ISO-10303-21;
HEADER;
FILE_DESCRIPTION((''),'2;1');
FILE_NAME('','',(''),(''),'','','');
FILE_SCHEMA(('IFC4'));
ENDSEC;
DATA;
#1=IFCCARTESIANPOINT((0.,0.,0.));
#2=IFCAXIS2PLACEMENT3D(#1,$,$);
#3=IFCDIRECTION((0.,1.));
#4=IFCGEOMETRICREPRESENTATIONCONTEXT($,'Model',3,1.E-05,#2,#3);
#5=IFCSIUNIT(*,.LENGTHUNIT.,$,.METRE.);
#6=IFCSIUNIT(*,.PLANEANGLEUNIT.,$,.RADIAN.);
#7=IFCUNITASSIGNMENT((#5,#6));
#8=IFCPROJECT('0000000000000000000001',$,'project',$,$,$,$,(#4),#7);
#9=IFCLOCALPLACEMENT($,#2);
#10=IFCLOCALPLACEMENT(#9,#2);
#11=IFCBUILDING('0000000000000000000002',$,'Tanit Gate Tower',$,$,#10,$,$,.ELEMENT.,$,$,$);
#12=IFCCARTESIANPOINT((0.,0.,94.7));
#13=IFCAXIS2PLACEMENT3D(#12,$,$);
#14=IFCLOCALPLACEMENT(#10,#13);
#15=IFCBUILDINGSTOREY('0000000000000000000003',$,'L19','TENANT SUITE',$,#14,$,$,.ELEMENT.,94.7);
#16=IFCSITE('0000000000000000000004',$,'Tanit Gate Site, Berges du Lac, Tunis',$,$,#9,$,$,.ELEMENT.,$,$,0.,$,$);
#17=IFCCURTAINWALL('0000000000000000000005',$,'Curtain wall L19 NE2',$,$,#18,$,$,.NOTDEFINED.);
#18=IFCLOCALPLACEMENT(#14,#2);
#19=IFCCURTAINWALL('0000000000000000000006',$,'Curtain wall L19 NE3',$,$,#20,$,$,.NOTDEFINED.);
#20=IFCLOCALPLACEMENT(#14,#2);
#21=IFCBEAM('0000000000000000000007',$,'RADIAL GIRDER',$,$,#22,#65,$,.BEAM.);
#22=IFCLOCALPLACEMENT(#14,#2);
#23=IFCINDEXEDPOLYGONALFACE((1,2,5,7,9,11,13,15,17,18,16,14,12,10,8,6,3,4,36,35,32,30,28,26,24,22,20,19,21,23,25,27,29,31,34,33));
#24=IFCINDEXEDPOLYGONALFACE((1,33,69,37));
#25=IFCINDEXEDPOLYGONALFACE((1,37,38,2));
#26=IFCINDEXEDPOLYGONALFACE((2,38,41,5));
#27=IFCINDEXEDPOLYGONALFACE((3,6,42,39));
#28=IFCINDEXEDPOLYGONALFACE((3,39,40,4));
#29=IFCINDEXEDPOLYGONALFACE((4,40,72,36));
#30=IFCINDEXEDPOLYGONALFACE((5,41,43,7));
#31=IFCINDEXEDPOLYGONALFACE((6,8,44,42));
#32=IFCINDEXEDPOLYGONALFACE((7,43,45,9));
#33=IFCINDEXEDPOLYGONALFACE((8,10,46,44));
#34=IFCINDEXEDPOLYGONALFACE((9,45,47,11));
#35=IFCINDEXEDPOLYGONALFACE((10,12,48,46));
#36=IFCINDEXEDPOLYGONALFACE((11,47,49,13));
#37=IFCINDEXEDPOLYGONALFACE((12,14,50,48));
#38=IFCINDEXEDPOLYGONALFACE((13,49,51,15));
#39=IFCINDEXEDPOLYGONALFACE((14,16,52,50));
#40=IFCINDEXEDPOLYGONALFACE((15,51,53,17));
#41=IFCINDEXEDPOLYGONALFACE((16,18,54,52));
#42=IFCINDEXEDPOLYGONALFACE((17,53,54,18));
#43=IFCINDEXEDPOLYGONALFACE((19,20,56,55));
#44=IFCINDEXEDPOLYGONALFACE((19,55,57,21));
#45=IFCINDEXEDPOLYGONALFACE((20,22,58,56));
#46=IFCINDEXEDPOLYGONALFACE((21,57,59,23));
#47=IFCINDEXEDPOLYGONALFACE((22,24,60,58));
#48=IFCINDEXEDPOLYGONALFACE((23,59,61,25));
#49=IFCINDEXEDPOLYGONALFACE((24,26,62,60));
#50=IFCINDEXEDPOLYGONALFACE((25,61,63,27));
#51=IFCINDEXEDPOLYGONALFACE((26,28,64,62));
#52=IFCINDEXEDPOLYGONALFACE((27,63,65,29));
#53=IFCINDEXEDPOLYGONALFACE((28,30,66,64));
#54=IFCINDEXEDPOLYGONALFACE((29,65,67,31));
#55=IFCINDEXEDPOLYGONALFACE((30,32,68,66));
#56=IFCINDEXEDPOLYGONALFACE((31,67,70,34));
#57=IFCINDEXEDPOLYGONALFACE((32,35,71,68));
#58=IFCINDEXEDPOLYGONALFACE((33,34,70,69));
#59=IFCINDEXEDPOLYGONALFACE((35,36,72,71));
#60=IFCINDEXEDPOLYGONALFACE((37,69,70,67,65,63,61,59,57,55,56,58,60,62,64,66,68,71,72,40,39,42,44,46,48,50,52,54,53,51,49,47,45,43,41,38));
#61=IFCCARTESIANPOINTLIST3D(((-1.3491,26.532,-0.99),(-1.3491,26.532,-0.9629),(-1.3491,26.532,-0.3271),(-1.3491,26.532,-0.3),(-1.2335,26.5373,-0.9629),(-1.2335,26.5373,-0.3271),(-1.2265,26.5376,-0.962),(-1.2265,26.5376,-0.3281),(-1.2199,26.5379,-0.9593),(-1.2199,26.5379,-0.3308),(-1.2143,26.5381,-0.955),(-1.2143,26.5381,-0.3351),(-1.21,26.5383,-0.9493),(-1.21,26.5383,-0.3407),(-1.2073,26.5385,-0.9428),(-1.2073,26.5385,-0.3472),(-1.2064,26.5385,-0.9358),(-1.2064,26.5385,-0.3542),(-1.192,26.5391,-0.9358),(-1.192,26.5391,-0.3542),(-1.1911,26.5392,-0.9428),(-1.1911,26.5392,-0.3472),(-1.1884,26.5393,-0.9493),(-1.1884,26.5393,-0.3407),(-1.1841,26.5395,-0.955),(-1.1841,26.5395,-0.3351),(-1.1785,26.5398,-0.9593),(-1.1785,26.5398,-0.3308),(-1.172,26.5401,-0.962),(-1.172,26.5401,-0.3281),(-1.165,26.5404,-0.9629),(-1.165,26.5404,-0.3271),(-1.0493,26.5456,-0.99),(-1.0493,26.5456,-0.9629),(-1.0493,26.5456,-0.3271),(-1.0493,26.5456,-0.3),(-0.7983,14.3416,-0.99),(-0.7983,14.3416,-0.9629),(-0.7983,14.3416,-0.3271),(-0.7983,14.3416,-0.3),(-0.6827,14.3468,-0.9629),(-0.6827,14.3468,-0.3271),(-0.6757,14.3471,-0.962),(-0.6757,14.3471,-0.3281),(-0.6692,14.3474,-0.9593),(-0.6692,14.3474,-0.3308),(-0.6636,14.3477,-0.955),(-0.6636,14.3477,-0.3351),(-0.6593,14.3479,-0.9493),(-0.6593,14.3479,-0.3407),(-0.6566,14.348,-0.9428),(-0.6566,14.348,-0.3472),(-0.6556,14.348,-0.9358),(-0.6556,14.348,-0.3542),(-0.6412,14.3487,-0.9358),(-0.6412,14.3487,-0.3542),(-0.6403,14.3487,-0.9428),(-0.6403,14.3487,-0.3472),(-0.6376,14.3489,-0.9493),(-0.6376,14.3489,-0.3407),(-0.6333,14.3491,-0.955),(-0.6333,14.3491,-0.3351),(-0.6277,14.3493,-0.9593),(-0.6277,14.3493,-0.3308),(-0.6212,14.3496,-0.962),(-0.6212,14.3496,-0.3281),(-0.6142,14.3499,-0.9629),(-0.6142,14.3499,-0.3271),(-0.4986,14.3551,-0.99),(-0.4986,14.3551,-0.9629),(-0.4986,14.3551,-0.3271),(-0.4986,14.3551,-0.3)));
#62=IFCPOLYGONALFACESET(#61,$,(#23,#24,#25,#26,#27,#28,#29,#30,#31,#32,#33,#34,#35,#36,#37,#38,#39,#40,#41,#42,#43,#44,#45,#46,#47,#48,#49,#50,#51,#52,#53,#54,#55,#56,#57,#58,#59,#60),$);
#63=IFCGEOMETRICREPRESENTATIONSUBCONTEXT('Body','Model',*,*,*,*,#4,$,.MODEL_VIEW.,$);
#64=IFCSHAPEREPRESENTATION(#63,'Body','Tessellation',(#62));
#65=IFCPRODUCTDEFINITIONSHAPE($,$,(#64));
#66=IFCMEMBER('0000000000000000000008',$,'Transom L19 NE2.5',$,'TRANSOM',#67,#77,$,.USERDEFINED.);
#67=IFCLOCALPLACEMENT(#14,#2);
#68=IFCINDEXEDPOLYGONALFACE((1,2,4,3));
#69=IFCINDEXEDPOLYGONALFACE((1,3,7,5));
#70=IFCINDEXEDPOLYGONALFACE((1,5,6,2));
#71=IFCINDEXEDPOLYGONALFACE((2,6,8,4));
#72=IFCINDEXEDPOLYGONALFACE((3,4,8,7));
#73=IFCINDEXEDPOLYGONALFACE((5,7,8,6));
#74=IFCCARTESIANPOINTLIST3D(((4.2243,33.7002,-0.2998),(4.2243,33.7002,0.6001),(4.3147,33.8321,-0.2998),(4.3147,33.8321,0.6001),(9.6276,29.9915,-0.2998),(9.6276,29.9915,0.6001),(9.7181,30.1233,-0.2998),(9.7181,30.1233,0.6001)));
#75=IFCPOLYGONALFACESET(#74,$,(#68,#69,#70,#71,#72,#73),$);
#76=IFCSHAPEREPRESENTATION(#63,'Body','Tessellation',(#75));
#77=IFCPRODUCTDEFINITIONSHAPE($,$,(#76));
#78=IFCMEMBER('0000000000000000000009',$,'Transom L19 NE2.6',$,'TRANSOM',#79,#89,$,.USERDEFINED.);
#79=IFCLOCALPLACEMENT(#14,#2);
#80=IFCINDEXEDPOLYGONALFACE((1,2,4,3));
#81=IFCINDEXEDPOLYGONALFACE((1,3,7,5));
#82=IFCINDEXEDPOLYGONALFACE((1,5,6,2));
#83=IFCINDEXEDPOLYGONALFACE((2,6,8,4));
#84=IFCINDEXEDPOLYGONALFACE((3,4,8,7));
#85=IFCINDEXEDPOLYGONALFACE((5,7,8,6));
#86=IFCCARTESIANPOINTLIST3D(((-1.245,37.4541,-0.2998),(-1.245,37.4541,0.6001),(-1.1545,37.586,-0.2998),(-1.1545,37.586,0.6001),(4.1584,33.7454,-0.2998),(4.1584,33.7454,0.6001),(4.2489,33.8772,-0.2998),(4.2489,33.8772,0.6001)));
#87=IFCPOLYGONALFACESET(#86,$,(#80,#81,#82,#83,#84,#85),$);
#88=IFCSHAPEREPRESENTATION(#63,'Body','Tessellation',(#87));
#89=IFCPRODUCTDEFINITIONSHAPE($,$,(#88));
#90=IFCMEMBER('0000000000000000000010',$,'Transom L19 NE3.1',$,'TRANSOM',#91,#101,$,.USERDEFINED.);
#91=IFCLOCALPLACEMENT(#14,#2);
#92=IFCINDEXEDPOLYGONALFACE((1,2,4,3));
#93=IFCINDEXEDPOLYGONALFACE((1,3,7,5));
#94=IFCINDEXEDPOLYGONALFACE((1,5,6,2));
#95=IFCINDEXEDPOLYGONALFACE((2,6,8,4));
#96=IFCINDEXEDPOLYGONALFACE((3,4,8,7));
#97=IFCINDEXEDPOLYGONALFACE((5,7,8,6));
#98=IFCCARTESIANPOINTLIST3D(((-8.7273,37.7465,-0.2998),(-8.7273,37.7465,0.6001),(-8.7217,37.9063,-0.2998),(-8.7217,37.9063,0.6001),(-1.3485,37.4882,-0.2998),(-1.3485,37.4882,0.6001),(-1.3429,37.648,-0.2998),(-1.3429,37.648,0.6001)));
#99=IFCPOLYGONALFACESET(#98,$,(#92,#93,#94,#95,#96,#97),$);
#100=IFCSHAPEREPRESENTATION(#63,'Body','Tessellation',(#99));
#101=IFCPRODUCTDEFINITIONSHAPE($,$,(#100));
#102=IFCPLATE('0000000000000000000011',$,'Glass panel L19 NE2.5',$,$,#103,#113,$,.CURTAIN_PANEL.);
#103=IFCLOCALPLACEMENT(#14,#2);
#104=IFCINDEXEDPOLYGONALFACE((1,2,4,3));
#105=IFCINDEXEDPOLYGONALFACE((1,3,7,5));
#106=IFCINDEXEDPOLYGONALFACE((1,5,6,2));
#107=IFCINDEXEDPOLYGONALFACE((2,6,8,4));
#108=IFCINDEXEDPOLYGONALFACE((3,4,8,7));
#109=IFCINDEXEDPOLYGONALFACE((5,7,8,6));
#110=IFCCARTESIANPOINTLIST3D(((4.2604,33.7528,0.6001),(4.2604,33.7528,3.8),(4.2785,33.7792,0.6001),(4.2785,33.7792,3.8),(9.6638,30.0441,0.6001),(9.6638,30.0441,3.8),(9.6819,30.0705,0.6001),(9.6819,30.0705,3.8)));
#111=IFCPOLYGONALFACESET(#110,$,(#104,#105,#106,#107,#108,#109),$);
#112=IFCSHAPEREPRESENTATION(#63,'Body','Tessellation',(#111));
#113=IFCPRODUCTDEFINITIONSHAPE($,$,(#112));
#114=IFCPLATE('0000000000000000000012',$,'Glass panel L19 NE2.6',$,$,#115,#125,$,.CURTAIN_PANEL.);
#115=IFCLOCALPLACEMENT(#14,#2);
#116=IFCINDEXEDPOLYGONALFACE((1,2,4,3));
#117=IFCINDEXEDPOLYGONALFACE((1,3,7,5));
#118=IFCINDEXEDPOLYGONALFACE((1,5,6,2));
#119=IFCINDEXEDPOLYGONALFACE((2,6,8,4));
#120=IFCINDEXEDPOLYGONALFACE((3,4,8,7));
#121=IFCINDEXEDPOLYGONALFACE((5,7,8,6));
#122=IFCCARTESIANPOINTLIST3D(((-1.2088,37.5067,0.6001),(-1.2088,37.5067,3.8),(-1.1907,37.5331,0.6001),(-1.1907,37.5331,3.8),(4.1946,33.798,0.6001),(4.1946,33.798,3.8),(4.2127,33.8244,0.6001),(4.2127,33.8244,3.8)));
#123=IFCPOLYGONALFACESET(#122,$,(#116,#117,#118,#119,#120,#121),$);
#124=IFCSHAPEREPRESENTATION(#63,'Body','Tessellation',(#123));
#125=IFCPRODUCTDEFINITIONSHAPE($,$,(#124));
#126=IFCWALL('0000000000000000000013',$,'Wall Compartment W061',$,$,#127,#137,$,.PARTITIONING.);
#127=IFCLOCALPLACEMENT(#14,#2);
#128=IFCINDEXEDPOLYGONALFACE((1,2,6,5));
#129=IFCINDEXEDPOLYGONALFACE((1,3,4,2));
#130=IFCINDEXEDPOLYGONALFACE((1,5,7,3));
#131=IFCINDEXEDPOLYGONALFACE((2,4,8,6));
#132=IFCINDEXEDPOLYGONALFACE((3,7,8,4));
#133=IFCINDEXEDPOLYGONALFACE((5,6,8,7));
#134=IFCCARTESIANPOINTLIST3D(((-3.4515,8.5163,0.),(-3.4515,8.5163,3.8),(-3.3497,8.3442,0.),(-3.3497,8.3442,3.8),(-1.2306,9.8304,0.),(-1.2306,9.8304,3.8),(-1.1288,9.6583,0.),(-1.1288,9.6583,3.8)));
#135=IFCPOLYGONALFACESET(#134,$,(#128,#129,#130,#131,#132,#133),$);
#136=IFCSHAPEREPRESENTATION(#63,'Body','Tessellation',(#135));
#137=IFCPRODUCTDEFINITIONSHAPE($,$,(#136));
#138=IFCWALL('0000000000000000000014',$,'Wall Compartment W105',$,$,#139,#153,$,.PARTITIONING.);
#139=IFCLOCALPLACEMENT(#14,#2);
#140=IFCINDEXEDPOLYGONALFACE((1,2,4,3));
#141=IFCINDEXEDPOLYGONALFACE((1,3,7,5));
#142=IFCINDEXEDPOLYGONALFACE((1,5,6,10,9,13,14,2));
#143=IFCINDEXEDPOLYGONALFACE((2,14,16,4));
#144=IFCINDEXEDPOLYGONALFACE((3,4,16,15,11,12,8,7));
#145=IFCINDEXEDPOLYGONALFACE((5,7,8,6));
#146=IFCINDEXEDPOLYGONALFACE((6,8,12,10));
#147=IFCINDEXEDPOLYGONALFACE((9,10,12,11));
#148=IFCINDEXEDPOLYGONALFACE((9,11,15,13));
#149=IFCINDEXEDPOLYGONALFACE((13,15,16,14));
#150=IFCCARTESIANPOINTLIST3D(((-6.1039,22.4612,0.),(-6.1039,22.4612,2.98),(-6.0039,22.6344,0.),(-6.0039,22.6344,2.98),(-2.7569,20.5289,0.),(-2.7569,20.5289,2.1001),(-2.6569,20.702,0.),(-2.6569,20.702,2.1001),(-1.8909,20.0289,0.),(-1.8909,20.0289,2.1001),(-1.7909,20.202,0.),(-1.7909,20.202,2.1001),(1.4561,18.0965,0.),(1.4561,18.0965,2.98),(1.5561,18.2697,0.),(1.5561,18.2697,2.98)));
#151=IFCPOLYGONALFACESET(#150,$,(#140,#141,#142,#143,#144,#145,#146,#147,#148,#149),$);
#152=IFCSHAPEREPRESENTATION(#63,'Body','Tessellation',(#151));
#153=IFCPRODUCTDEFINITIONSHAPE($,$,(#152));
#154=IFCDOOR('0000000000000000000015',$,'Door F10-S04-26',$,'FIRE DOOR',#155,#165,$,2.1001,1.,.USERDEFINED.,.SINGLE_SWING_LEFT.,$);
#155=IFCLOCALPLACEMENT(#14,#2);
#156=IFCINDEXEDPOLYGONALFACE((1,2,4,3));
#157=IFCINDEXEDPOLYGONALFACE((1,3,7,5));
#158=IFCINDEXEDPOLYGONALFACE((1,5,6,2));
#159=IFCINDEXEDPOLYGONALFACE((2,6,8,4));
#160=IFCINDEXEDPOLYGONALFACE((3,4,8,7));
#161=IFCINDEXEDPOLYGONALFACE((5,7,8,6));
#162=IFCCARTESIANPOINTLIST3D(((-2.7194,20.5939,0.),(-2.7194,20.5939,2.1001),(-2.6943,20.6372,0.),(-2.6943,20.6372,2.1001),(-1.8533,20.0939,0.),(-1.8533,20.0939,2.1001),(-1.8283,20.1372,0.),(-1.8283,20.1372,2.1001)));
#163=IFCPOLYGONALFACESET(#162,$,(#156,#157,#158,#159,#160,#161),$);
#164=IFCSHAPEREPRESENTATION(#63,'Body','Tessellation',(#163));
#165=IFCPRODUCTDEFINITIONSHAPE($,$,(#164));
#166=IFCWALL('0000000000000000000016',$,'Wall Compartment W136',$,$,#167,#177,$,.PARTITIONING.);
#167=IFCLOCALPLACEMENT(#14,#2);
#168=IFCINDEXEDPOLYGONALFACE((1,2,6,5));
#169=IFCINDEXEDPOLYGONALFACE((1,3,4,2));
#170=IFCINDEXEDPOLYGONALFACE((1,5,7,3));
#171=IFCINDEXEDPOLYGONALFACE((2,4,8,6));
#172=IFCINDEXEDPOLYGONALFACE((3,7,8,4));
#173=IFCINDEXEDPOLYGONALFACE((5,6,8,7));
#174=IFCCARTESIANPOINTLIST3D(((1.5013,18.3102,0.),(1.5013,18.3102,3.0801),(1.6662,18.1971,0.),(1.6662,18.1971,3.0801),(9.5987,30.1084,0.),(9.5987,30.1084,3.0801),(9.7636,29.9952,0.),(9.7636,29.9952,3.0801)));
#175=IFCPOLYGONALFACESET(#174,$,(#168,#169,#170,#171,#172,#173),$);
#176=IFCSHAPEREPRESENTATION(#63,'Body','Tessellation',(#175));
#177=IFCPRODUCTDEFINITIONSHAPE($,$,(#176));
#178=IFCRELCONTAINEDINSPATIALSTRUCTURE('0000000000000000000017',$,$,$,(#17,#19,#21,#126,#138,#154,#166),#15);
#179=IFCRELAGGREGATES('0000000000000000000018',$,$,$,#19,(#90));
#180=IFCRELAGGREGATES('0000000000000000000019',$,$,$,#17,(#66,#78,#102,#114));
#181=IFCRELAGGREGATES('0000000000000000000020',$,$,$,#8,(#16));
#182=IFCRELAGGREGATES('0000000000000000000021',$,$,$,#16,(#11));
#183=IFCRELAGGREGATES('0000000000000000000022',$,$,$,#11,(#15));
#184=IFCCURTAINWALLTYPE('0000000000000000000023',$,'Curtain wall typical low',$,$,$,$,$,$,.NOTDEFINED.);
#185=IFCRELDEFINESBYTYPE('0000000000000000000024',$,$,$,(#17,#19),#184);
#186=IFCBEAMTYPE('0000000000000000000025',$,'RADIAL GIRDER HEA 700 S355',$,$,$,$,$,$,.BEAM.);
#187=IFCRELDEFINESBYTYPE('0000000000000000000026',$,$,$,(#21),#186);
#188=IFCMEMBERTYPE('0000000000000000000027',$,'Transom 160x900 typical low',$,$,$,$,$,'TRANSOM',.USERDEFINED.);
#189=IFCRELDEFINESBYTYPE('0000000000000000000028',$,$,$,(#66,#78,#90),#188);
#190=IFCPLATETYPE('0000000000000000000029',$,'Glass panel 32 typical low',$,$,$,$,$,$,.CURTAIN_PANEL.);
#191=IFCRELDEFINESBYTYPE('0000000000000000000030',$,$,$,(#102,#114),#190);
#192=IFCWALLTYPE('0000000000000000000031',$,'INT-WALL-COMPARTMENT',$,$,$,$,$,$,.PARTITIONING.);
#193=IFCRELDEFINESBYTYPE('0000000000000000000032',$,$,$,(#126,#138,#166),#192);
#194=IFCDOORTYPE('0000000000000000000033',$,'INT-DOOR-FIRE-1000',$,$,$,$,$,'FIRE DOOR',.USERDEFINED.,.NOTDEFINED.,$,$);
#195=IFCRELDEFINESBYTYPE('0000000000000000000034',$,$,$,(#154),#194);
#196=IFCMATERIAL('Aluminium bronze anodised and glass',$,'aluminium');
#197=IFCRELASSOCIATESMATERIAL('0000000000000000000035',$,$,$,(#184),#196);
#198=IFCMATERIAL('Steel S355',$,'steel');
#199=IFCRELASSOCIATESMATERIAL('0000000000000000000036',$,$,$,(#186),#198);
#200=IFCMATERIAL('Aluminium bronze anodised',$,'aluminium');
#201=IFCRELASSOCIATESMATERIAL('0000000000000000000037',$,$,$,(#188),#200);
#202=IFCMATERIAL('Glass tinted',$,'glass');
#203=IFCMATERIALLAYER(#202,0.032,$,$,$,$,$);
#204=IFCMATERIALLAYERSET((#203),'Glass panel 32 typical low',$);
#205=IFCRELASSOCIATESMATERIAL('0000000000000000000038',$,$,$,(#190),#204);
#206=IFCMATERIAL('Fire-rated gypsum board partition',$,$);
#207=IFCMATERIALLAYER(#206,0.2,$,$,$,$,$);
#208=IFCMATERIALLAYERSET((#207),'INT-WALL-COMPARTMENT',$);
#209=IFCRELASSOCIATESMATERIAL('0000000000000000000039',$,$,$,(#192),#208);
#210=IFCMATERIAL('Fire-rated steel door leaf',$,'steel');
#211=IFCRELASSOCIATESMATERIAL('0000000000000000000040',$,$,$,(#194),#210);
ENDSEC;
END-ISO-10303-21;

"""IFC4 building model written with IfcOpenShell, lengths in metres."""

from ifc_helpers import new_model, si_unit, direction, frame, frame_2d, origin, origin_2d, place, context, subcontext, project, spatial, rectangle, i_section, extrude, material, layer, layer_set, material_profile, profile_set, type_object, element, fill, aggregate, save


model = new_model("IFC4")

# Units and contexts
model_context = context("Model", 3, precision=1e-05, world=origin(), true_north=direction((0.0, 1.0)))
body_context = subcontext(model_context, "Body", "Model", "MODEL_VIEW")
ifc_project = project(units=[si_unit("LENGTHUNIT", "METRE"), si_unit("PLANEANGLEUNIT", "RADIAN")], contexts=[model_context])

# Site, building, storey
site_placement = place(None, origin())
site = spatial("IfcSite", under=ifc_project, at=site_placement, Name="Tanit Gate Site, Berges du Lac, Tunis", CompositionType="ELEMENT", RefElevation=0.0)
building_placement = place(site_placement, origin())
building = spatial("IfcBuilding", under=site, at=building_placement, Name="Tanit Gate Tower", CompositionType="ELEMENT")
storey_placement = place(building_placement, frame((0.0, 0.0, 94.7)))
storey = spatial("IfcBuildingStorey", under=building, at=storey_placement, Name="L19", Description="TENANT SUITE", CompositionType="ELEMENT", Elevation=94.7)

# Curtain wall
ifc_material_1 = material(Name="Aluminium bronze anodised and glass", Category="aluminium")
curtain_wall_type = type_object("IfcCurtainWallType", Name="Curtain wall typical low", PredefinedType="NOTDEFINED", material=ifc_material_1)
curtain_wall_1_placement = place(storey_placement, origin())
curtain_wall_1 = element("IfcCurtainWall", 1, at=curtain_wall_1_placement, inside=storey, type_object=curtain_wall_type, Name="Curtain wall L19 NE2", PredefinedType="NOTDEFINED")

# Curtain wall
curtain_wall_2_placement = place(storey_placement, origin())
curtain_wall_2 = element("IfcCurtainWall", 2, at=curtain_wall_2_placement, inside=storey, type_object=curtain_wall_type, Name="Curtain wall L19 NE3", PredefinedType="NOTDEFINED")

# Beam
ifc_material_2 = material(Name="Steel S355", Category="steel")
ifc_material_profile_1 = material_profile(ifc_material_2, i_section(OverallWidth=0.3, OverallDepth=0.6899, WebThickness=0.0144, FlangeThickness=0.0271, FilletRadius=0.0271, at=origin_2d()), Name="HEA 700")
ifc_profile_set_1 = profile_set([ifc_material_profile_1], Name="Steel S355")
beam_type = type_object("IfcBeamType", Name="RADIAL GIRDER HEA 700 S355", PredefinedType="BEAM", material=ifc_profile_set_1)
beam_1_placement = place(storey_placement, frame((-1.1992, 26.5388, -0.645), z_axis=(0.045135, -0.998981, 0.0), x_axis=(0.998981, 0.045135, 0.0)))
element("IfcBeam", 3, at=beam_1_placement, inside=storey, type_object=beam_type, Name="RADIAL GIRDER", PredefinedType="BEAM", context=body_context, shape_type="SweptSolid", body=[
    extrude(i_section(OverallWidth=0.3, OverallDepth=0.6899, WebThickness=0.0144, FlangeThickness=0.0271, FilletRadius=0.0271, at=origin_2d()), origin(), (0.0, 0.0, 1.0), 12.2029),
])

# Members
ifc_material_3 = material(Name="Aluminium bronze anodised", Category="aluminium")
ifc_material_profile_2 = material_profile(ifc_material_3, rectangle(XDim=0.1599, YDim=0.8999, at=origin_2d()), Name="160x900 bronze transom")
ifc_profile_set_2 = profile_set([ifc_material_profile_2], Name="Aluminium bronze anodised")
member_type_1 = type_object("IfcMemberType", Name="Transom 160x900 typical low", ElementType="TRANSOM", PredefinedType="USERDEFINED", material=ifc_profile_set_2)
member_1_placement = place(storey_placement, frame((9.6729, 30.0574, 0.1501), z_axis=(-0.824472, 0.565903, 0.0), x_axis=(-0.565903, -0.824472, 0.0)))
member_1 = element("IfcMember", 4, at=member_1_placement, type_object=member_type_1, Name="Transom L19 NE2.5", ObjectType="TRANSOM", PredefinedType="USERDEFINED", context=body_context, shape_type="SweptSolid", body=[
    extrude(rectangle(XDim=0.1599, YDim=0.8999, at=origin_2d()), origin(), (0.0, 0.0, 1.0), 6.5537),
])
member_2_placement = place(storey_placement, frame((4.2036, 33.8113, 0.1501), z_axis=(-0.824472, 0.565903, 0.0), x_axis=(-0.565903, -0.824472, 0.0)))
member_2 = element("IfcMember", 5, at=member_2_placement, type_object=member_type_1, Name="Transom L19 NE2.6", ObjectType="TRANSOM", PredefinedType="USERDEFINED", context=body_context, shape_type="SweptSolid", body=[
    extrude(rectangle(XDim=0.1599, YDim=0.8999, at=origin_2d()), origin(), (0.0, 0.0, 1.0), 6.5537),
])
member_3_placement = place(storey_placement, frame((-1.3457, 37.5681, 0.1501), z_axis=(-0.999388, 0.034985, 0.0), x_axis=(-0.034985, -0.999388, 0.0)))
member_3 = element("IfcMember", 6, at=member_3_placement, type_object=member_type_1, Name="Transom L19 NE3.1", ObjectType="TRANSOM", PredefinedType="USERDEFINED", context=body_context, shape_type="SweptSolid", body=[
    extrude(rectangle(XDim=0.1599, YDim=0.8999, at=origin_2d()), origin(), (0.0, 0.0, 1.0), 7.3833),
])
aggregate(curtain_wall_2, [member_3])

# Plates
ifc_material_4 = material(Name="Glass tinted", Category="glass")
ifc_layer_1 = layer(ifc_material_4, 0.032)
ifc_layer_set_1 = layer_set([ifc_layer_1], Name="Glass panel 32 typical low")
plate_type = type_object("IfcPlateType", Name="Glass panel 32 typical low", PredefinedType="CURTAIN_PANEL", material=ifc_layer_set_1)
plate_1_placement = place(storey_placement, frame((6.9712, 31.9116, 0.6001), z_axis=(0.0, 0.0, 1.0), x_axis=(-0.824479, 0.565893, 0.0)))
plate_1 = element("IfcPlate", 7, at=plate_1_placement, type_object=plate_type, Name="Glass panel L19 NE2.5", PredefinedType="CURTAIN_PANEL", context=body_context, shape_type="SweptSolid", body=[
    extrude(rectangle(XDim=6.5537, YDim=0.032, at=origin_2d()), origin(), (0.0, 0.0, 1.0), 3.2),
])
plate_2_placement = place(storey_placement, frame((1.502, 35.6655, 0.6001), z_axis=(0.0, 0.0, 1.0), x_axis=(-0.824479, 0.565893, 0.0)))
plate_2 = element("IfcPlate", 8, at=plate_2_placement, type_object=plate_type, Name="Glass panel L19 NE2.6", PredefinedType="CURTAIN_PANEL", context=body_context, shape_type="SweptSolid", body=[
    extrude(rectangle(XDim=6.5537, YDim=0.032, at=origin_2d()), origin(), (0.0, 0.0, 1.0), 3.2),
])
aggregate(curtain_wall_1, [member_1, member_2, plate_1, plate_2])

# Wall
ifc_material_5 = material(Name="Fire-rated gypsum board partition")
ifc_layer_2 = layer(ifc_material_5, 0.2)
ifc_layer_set_2 = layer_set([ifc_layer_2], Name="INT-WALL-COMPARTMENT")
wall_type_1 = type_object("IfcWallType", Name="INT-WALL-COMPARTMENT", PredefinedType="PARTITIONING", material=ifc_layer_set_2)
wall_1_placement = place(storey_placement, frame((-1.1797, 9.7444, 0.0), z_axis=(0.0, 0.0, 1.0), x_axis=(-0.860616, -0.509255, 0.0)))
element("IfcWall", 9, at=wall_1_placement, inside=storey, type_object=wall_type_1, Name="Wall Compartment W061", PredefinedType="PARTITIONING", context=body_context, shape_type="SweptSolid", body=[
    extrude(rectangle(XDim=2.5806, YDim=0.2, at=frame_2d((1.2903, 0.0))), origin(), (0.0, 0.0, 1.0), 3.8),
])

# Wall, opening, door
wall_2_placement = place(storey_placement, frame((1.5061, 18.1831, 0.0), z_axis=(0.0, 0.0, 1.0), x_axis=(-0.866028, 0.499995, 0.0)))
wall_2 = element("IfcWall", 10, at=wall_2_placement, inside=storey, type_object=wall_type_1, Name="Wall Compartment W105", PredefinedType="PARTITIONING", context=body_context, shape_type="SweptSolid", body=[
    extrude(rectangle(XDim=8.7295, YDim=0.2, at=frame_2d((4.3647, 0.0))), origin(), (0.0, 0.0, 1.0), 2.98),
])
opening_placement = place(wall_2_placement, frame((3.8647, 0.0, 0.0)))
opening = element("IfcOpeningElement", 11, at=opening_placement, cuts=wall_2, PredefinedType="OPENING", context=body_context, shape_type="SweptSolid", body=[
    extrude(rectangle(XDim=1.0, YDim=2.1001, at=frame_2d((0.5, 1.05))), frame((0.0, 0.1099, 0.0), z_axis=(0.0, -1.0, 0.0), x_axis=(1.0, 0.0, 0.0)), (0.0, 0.0, 1.0), 0.22),
])
ifc_material_6 = material(Name="Fire-rated steel door leaf", Category="steel")
door_type = type_object("IfcDoorType", Name="INT-DOOR-FIRE-1000", ElementType="FIRE DOOR", OperationType="NOTDEFINED", PredefinedType="USERDEFINED", material=ifc_material_6)
door_placement = place(opening_placement, origin())
door = element("IfcDoor", 12, at=door_placement, inside=storey, type_object=door_type, Name="Door F10-S04-26", ObjectType="FIRE DOOR", OperationType="SINGLE_SWING_LEFT", OverallHeight=2.1001, OverallWidth=1.0, PredefinedType="USERDEFINED", context=body_context, shape_type="SweptSolid", body=[
    extrude(rectangle(XDim=1.0, YDim=2.1001, at=frame_2d((0.5, 1.05))), frame((0.0, 0.0249, 0.0), z_axis=(0.0, -1.0, 0.0), x_axis=(1.0, 0.0, 0.0)), (0.0, 0.0, 1.0), 0.05),
])
fill(opening, door)

# Wall
wall_3_placement = place(storey_placement, frame((1.5837, 18.2537, 0.0), z_axis=(0.0, 0.0, 1.0), x_axis=(0.565875, 0.824491, 0.0)))
element("IfcWall", 13, at=wall_3_placement, inside=storey, type_object=wall_type_1, Name="Wall Compartment W136", PredefinedType="PARTITIONING", context=body_context, shape_type="SweptSolid", body=[
    extrude(rectangle(XDim=14.3096, YDim=0.2, at=frame_2d((7.1548, 0.0))), origin(), (0.0, 0.0, 1.0), 3.0801),
])

save(model, "model.ifc")
